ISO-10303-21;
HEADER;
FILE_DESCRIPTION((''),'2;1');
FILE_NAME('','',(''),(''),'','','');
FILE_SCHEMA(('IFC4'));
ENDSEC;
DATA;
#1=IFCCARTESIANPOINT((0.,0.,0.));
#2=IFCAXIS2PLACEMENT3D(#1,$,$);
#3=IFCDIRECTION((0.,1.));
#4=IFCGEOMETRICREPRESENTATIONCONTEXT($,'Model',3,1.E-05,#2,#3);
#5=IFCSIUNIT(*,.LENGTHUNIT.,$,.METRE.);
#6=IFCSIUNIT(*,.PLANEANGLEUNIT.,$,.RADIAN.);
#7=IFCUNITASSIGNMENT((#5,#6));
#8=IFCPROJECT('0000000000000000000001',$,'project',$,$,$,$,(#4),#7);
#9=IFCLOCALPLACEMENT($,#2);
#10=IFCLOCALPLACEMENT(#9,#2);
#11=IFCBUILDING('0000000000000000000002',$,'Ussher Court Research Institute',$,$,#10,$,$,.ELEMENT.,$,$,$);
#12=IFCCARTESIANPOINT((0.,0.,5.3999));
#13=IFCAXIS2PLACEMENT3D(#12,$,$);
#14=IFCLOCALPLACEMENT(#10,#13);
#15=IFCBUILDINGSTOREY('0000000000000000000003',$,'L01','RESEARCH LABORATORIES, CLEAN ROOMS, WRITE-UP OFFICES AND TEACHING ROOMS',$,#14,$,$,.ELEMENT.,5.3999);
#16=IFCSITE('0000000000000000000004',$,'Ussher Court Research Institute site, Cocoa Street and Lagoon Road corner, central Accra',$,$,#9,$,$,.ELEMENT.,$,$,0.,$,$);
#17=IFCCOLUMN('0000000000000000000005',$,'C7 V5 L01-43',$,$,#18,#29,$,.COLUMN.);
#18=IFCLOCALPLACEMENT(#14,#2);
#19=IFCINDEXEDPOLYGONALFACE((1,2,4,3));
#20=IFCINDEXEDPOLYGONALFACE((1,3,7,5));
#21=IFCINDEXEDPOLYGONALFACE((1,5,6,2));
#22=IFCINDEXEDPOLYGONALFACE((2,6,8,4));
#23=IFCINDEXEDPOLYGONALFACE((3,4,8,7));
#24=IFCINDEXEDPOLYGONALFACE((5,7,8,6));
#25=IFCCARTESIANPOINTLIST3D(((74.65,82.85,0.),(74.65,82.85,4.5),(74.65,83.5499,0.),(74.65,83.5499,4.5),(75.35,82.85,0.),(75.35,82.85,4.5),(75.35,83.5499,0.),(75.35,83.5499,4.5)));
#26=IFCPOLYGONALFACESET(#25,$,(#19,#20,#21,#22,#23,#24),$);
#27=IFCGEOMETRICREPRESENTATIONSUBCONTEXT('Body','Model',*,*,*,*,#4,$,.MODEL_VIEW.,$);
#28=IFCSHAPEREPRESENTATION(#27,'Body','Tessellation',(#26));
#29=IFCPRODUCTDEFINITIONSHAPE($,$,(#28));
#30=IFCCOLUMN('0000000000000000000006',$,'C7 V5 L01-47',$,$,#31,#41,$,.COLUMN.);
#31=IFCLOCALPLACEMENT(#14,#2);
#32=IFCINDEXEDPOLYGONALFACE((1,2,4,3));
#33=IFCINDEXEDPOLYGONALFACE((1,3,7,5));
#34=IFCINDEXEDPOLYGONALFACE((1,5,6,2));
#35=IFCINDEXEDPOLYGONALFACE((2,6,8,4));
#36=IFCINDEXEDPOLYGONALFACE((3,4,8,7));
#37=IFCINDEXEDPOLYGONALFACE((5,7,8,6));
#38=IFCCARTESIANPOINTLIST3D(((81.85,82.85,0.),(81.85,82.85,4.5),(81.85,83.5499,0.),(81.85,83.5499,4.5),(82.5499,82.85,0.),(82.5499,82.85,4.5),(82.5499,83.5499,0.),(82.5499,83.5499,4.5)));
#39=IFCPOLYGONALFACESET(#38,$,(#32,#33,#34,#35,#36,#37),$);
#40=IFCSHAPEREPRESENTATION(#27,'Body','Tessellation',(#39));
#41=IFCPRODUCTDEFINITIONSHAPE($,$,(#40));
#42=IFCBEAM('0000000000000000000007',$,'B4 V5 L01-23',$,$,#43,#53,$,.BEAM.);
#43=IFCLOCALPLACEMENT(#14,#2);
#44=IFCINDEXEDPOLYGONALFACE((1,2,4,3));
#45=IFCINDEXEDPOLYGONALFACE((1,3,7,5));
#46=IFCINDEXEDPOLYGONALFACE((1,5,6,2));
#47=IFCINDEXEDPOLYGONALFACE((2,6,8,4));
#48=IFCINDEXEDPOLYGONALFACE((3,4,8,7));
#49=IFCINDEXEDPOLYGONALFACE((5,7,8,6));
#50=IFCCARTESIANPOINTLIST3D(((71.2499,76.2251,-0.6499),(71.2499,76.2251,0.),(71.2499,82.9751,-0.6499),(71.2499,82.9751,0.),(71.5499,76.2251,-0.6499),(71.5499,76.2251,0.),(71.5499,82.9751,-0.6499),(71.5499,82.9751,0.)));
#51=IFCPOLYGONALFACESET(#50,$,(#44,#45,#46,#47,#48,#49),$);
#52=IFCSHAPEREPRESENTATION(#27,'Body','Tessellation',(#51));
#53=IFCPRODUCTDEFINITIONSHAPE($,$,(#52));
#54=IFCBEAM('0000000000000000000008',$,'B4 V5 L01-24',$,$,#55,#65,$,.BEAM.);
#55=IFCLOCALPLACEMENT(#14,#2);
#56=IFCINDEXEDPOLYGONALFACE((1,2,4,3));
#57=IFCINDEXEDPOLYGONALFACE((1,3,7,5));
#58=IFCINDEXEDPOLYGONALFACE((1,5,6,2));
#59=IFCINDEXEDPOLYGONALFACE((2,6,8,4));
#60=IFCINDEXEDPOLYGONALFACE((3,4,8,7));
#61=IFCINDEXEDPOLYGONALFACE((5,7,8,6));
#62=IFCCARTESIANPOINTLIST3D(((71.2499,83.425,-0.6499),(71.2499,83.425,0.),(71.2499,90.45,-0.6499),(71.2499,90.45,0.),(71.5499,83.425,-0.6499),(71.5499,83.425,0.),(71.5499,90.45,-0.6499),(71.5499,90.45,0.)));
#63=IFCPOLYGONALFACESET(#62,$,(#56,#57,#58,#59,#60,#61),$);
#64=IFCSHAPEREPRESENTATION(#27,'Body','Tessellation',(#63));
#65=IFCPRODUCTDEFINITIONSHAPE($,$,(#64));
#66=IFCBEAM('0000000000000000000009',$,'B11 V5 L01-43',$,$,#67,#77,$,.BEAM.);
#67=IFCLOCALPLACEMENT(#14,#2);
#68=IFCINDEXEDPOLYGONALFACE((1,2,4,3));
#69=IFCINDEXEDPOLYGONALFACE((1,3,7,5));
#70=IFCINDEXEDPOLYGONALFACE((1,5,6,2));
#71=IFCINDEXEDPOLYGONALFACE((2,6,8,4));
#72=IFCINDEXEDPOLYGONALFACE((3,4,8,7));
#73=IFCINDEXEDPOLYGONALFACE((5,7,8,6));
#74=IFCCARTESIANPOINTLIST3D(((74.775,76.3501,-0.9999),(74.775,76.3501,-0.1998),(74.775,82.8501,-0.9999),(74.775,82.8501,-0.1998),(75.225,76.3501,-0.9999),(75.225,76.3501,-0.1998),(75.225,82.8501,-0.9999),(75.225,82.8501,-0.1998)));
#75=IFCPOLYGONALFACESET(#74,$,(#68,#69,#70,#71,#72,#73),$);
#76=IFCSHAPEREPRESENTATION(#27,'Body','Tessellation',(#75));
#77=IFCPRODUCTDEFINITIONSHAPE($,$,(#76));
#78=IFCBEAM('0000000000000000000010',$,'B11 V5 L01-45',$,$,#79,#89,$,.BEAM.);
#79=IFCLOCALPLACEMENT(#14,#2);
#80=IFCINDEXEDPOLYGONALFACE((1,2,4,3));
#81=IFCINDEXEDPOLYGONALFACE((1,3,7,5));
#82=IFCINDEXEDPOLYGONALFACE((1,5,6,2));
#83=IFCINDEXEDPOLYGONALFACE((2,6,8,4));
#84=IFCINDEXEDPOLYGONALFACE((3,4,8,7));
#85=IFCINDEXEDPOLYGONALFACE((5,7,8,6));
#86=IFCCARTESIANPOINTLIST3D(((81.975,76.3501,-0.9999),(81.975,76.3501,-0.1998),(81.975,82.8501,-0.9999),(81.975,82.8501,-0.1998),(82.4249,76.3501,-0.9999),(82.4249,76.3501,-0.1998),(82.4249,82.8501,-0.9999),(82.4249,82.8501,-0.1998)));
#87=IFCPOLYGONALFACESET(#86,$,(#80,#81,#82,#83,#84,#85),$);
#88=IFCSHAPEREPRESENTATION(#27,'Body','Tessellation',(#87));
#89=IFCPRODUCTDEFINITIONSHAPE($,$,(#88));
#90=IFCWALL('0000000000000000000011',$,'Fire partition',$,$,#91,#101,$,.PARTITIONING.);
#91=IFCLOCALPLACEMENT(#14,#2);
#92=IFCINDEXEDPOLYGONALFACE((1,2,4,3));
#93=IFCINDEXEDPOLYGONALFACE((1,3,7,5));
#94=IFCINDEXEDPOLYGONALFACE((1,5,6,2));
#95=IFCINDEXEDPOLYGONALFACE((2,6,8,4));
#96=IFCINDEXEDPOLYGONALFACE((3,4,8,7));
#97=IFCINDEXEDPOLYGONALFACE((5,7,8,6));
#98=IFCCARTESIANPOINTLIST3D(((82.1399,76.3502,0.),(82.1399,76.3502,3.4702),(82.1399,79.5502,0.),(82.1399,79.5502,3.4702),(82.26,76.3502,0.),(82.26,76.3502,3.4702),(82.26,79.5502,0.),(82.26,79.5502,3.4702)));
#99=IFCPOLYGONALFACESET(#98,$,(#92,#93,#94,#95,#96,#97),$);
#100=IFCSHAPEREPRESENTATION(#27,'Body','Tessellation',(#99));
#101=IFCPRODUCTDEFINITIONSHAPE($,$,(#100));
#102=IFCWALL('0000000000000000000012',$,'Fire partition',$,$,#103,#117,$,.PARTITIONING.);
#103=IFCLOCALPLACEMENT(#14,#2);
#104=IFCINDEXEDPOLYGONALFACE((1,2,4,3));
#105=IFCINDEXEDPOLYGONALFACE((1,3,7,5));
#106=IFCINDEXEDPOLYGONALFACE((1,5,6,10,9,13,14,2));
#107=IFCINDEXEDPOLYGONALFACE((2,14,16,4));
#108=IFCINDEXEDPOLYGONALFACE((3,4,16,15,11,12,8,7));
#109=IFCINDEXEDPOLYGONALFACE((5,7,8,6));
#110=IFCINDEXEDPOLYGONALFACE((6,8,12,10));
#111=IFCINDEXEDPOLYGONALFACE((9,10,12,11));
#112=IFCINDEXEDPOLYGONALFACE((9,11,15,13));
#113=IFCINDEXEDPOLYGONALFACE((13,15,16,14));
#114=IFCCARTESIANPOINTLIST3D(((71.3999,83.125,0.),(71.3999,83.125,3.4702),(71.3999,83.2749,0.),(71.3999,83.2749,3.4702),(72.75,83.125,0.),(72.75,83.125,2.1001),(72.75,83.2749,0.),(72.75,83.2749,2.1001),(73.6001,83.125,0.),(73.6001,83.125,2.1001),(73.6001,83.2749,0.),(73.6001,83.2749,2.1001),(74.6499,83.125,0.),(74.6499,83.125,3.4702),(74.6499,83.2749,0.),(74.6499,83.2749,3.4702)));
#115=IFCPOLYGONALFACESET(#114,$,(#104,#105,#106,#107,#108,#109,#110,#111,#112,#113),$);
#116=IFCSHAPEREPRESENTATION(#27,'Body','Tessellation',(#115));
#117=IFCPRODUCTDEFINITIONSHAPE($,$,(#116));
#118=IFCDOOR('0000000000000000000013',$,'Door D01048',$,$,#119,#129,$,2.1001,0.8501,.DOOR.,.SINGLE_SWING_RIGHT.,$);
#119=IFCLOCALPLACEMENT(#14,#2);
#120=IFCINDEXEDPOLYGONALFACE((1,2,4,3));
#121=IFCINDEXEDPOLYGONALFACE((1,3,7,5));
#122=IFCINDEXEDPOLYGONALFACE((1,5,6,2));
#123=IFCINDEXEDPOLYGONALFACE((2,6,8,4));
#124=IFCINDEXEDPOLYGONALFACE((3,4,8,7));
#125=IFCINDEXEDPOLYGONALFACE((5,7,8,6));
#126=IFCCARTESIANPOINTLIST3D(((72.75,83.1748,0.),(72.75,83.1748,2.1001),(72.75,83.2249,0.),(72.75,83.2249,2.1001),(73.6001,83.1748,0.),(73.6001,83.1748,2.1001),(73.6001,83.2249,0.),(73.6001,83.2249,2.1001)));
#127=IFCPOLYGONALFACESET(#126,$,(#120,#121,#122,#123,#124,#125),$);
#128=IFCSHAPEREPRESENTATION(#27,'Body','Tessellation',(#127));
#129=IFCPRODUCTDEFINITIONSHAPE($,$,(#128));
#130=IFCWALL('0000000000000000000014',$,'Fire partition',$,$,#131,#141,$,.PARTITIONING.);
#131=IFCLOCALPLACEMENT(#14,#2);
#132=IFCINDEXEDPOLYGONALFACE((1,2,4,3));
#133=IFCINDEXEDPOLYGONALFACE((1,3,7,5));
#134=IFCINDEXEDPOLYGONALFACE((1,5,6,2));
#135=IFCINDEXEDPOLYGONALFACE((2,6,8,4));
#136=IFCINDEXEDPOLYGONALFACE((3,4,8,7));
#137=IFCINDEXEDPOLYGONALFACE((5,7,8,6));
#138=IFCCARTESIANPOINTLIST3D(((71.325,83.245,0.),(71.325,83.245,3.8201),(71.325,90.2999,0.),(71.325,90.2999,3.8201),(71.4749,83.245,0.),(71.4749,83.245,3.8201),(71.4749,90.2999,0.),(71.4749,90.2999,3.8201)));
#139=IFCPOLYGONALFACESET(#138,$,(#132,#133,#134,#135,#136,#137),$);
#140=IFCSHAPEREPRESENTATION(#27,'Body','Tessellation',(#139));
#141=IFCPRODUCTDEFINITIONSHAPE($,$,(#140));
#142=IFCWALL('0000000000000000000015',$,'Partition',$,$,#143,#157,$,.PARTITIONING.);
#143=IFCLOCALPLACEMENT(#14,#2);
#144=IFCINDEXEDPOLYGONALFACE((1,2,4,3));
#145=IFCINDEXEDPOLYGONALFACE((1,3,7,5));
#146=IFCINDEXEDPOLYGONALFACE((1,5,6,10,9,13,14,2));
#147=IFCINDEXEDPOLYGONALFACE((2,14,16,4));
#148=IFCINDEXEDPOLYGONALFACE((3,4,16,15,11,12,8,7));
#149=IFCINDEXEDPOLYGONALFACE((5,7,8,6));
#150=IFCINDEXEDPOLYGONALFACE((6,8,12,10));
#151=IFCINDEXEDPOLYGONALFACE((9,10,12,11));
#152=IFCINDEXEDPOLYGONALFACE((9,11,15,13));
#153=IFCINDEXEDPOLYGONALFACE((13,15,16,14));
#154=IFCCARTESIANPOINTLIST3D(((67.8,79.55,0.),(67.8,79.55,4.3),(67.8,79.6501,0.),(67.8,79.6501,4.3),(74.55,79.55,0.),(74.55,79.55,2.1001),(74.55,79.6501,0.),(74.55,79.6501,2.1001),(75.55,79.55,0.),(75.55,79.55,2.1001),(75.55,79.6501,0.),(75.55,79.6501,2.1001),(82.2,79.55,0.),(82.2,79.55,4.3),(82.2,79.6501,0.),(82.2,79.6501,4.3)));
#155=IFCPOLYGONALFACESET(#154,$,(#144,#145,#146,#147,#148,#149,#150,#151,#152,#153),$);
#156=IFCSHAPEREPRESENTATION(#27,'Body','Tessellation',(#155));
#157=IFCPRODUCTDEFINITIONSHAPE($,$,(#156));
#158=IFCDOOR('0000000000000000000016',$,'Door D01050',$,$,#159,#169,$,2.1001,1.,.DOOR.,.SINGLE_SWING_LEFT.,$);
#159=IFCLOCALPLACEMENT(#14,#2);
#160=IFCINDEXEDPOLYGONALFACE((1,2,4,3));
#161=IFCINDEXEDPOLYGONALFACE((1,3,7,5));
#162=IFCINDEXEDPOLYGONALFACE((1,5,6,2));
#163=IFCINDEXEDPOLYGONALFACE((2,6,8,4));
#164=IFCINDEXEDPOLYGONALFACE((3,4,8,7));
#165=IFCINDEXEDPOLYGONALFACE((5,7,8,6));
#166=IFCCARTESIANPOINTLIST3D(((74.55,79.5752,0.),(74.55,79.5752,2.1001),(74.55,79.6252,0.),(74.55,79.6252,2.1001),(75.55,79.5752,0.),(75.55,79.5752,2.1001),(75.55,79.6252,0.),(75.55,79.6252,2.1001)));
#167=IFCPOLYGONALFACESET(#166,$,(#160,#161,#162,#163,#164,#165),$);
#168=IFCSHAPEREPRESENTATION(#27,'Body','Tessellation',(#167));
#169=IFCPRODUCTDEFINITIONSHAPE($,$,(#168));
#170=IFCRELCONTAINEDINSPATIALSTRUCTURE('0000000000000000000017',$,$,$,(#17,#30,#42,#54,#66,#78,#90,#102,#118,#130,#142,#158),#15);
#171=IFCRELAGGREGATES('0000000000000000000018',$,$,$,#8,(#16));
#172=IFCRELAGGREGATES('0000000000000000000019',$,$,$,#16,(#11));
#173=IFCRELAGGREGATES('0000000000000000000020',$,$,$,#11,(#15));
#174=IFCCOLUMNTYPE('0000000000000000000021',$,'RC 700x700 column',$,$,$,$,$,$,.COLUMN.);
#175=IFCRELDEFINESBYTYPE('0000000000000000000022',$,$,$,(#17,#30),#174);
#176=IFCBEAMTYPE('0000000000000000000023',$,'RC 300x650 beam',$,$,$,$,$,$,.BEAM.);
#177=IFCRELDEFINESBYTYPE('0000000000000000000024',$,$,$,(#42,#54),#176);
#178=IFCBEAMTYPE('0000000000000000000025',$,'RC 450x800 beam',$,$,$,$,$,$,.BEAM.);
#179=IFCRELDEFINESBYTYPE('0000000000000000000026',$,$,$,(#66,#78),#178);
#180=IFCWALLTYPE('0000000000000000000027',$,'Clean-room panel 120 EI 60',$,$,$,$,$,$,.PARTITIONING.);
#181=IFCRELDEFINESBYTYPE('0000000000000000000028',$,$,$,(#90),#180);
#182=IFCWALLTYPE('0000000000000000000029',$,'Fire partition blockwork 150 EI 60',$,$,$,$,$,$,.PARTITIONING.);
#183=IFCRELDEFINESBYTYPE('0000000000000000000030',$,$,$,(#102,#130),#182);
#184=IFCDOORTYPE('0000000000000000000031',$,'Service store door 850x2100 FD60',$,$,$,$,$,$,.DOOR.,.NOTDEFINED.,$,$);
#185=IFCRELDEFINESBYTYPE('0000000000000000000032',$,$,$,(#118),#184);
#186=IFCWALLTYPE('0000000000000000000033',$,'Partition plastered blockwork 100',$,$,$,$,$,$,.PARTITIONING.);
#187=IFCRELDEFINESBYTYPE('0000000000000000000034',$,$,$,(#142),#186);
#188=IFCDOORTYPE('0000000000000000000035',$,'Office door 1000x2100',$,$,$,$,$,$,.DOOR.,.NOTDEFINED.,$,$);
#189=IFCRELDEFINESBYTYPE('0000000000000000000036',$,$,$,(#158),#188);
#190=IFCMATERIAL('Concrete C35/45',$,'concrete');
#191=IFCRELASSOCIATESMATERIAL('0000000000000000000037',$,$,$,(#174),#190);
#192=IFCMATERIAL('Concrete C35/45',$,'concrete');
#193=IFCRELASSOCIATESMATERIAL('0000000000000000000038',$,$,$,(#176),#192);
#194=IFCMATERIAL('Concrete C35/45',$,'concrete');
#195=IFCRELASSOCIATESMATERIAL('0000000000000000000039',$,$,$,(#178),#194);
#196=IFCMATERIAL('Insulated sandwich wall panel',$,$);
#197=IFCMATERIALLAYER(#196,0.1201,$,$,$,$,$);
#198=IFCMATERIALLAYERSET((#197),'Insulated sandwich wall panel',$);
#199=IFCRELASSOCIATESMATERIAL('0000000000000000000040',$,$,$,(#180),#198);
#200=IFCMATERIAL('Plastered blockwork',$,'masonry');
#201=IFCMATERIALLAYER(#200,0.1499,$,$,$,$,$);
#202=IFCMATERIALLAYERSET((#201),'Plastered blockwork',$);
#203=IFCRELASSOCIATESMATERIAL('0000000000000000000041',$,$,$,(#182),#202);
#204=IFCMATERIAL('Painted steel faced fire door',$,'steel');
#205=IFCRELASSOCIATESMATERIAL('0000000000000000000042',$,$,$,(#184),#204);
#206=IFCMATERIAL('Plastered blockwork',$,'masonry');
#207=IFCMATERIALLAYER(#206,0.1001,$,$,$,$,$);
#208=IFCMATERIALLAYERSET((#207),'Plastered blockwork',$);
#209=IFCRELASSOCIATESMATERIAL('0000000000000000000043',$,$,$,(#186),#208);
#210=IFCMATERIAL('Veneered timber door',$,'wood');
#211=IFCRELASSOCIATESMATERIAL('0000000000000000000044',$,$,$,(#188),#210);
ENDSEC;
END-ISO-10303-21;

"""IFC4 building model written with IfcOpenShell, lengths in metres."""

from ifc_helpers import new_model, si_unit, direction, frame, frame_2d, origin, origin_2d, place, context, subcontext, project, spatial, rectangle, extrude, material, layer, layer_set, material_profile, profile_set, type_object, element, fill, save


model = new_model("IFC4")

# Units and contexts
model_context = context("Model", 3, precision=1e-05, world=origin(), true_north=direction((0.0, 1.0)))
body_context = subcontext(model_context, "Body", "Model", "MODEL_VIEW")
ifc_project = project(units=[si_unit("LENGTHUNIT", "METRE"), si_unit("PLANEANGLEUNIT", "RADIAN")], contexts=[model_context])

# Site, building, storey
site_placement = place(None, origin())
site = spatial("IfcSite", under=ifc_project, at=site_placement, Name="Ussher Court Research Institute site, Cocoa Street and Lagoon Road corner, central Accra", CompositionType="ELEMENT", RefElevation=0.0)
building_placement = place(site_placement, origin())
building = spatial("IfcBuilding", under=site, at=building_placement, Name="Ussher Court Research Institute", CompositionType="ELEMENT")
storey_placement = place(building_placement, frame((0.0, 0.0, 5.3999)))
storey = spatial("IfcBuildingStorey", under=building, at=storey_placement, Name="L01", Description="RESEARCH LABORATORIES, CLEAN ROOMS, WRITE-UP OFFICES AND TEACHING ROOMS", CompositionType="ELEMENT", Elevation=5.3999)

# Columns
ifc_material_1 = material(Name="Concrete C35/45", Category="concrete")
ifc_material_profile_1 = material_profile(ifc_material_1, rectangle(XDim=0.7, YDim=0.7, at=origin_2d()), Name="RC 700x700")
ifc_profile_set_1 = profile_set([ifc_material_profile_1], Name="Concrete C35/45")
column_type = type_object("IfcColumnType", Name="RC 700x700 column", PredefinedType="COLUMN", material=ifc_profile_set_1)
for number, where, z_axis, x_axis, name in (
    (1, (75.0, 83.2, 0.0), (0.0, 0.0, 1.0), (1.0, 0.0, 0.0), "C7 V5 L01-43"),
    (2, (82.2, 83.2, 0.0), (0.0, 0.0, 1.0), (1.0, 0.0, 0.0), "C7 V5 L01-47"),
):
    element("IfcColumn", number, at=place(storey_placement, frame(where, z_axis=z_axis, x_axis=x_axis)), inside=storey, type_object=column_type, Name=name, PredefinedType="COLUMN", context=body_context, shape_type="SweptSolid", body=[
        extrude(rectangle(XDim=0.7, YDim=0.7, at=origin_2d()), origin(), (0.0, 0.0, 1.0), 4.5),
    ])

# Beams
ifc_material_2 = material(Name="Concrete C35/45", Category="concrete")
ifc_material_profile_2 = material_profile(ifc_material_2, rectangle(XDim=0.3, YDim=0.6499, at=origin_2d()), Name="RC 300x650")
ifc_profile_set_2 = profile_set([ifc_material_profile_2], Name="Concrete C35/45")
beam_type_1 = type_object("IfcBeamType", Name="RC 300x650 beam", PredefinedType="BEAM", material=ifc_profile_set_2)
beam_1_placement = place(storey_placement, frame((71.3999, 76.2251, -0.325), z_axis=(0.0, 1.0, 0.0), x_axis=(-1.0, 0.0, 0.0)))
element("IfcBeam", 3, at=beam_1_placement, inside=storey, type_object=beam_type_1, Name="B4 V5 L01-23", PredefinedType="BEAM", context=body_context, shape_type="SweptSolid", body=[
    extrude(rectangle(XDim=0.3, YDim=0.6499, at=origin_2d()), origin(), (0.0, 0.0, 1.0), 6.75),
])
beam_2_placement = place(storey_placement, frame((71.3999, 83.425, -0.325), z_axis=(0.0, 1.0, 0.0), x_axis=(-1.0, 0.0, 0.0)))
element("IfcBeam", 4, at=beam_2_placement, inside=storey, type_object=beam_type_1, Name="B4 V5 L01-24", PredefinedType="BEAM", context=body_context, shape_type="SweptSolid", body=[
    extrude(rectangle(XDim=0.3, YDim=0.6499, at=origin_2d()), origin(), (0.0, 0.0, 1.0), 7.0249),
])
ifc_material_3 = material(Name="Concrete C35/45", Category="concrete")
ifc_material_profile_3 = material_profile(ifc_material_3, rectangle(XDim=0.45, YDim=0.8, at=origin_2d()), Name="RC 450x800")
ifc_profile_set_3 = profile_set([ifc_material_profile_3], Name="Concrete C35/45")
beam_type_2 = type_object("IfcBeamType", Name="RC 450x800 beam", PredefinedType="BEAM", material=ifc_profile_set_3)
for number, where, z_axis, x_axis, name in (
    (5, (75.0, 76.3501, -0.5999), (0.0, 1.0, 0.0), (-1.0, 0.0, 0.0), "B11 V5 L01-43"),
    (6, (82.2, 76.3501, -0.5999), (0.0, 1.0, 0.0), (-1.0, 0.0, 0.0), "B11 V5 L01-45"),
):
    element("IfcBeam", number, at=place(storey_placement, frame(where, z_axis=z_axis, x_axis=x_axis)), inside=storey, type_object=beam_type_2, Name=name, PredefinedType="BEAM", context=body_context, shape_type="SweptSolid", body=[
        extrude(rectangle(XDim=0.45, YDim=0.8, at=origin_2d()), origin(), (0.0, 0.0, 1.0), 6.5),
    ])

# Wall
ifc_material_4 = material(Name="Insulated sandwich wall panel")
ifc_layer_1 = layer(ifc_material_4, 0.1201)
ifc_layer_set_1 = layer_set([ifc_layer_1], Name="Insulated sandwich wall panel")
wall_type_1 = type_object("IfcWallType", Name="Clean-room panel 120 EI 60", PredefinedType="PARTITIONING", material=ifc_layer_set_1)
wall_1_placement = place(storey_placement, frame((82.2, 76.3501, 0.0), z_axis=(0.0, 0.0, 1.0), x_axis=(0.0, 1.0, 0.0)))
element("IfcWall", 7, at=wall_1_placement, inside=storey, type_object=wall_type_1, Name="Fire partition", PredefinedType="PARTITIONING", context=body_context, shape_type="SweptSolid", body=[
    extrude(rectangle(XDim=3.2, YDim=0.1201, at=frame_2d((1.6001, 0.0))), origin(), (0.0, 0.0, 1.0), 3.4702),
])

# Wall, opening, door
ifc_material_5 = material(Name="Plastered blockwork", Category="masonry")
ifc_layer_2 = layer(ifc_material_5, 0.1499)
ifc_layer_set_2 = layer_set([ifc_layer_2], Name="Plastered blockwork")
wall_type_2 = type_object("IfcWallType", Name="Fire partition blockwork 150 EI 60", PredefinedType="PARTITIONING", material=ifc_layer_set_2)
wall_2_placement = place(storey_placement, frame((71.3999, 83.2, 0.0), z_axis=(0.0, 0.0, 1.0), x_axis=(1.0, 0.0, 0.0)))
wall_2 = element("IfcWall", 8, at=wall_2_placement, inside=storey, type_object=wall_type_2, Name="Fire partition", PredefinedType="PARTITIONING", context=body_context, shape_type="SweptSolid", body=[
    extrude(rectangle(XDim=3.25, YDim=0.1499, at=frame_2d((1.625, 0.0))), origin(), (0.0, 0.0, 1.0), 3.4702),
])
opening_1_placement = place(wall_2_placement, frame((1.3501, 0.0, 0.0)))
opening_1 = element("IfcOpeningElement", 9, at=opening_1_placement, cuts=wall_2, PredefinedType="OPENING", context=body_context, shape_type="SweptSolid", body=[
    extrude(rectangle(XDim=0.8501, YDim=2.1001, at=frame_2d((0.425, 1.05))), frame((0.0, 0.085, 0.0), z_axis=(0.0, -1.0, 0.0), x_axis=(1.0, 0.0, 0.0)), (0.0, 0.0, 1.0), 0.1699),
])
ifc_material_6 = material(Name="Painted steel faced fire door", Category="steel")
door_type_1 = type_object("IfcDoorType", Name="Service store door 850x2100 FD60", OperationType="NOTDEFINED", PredefinedType="DOOR", material=ifc_material_6)
door_1_placement = place(opening_1_placement, origin())
door_1 = element("IfcDoor", 10, at=door_1_placement, inside=storey, type_object=door_type_1, Name="Door D01048", OperationType="SINGLE_SWING_RIGHT", OverallHeight=2.1001, OverallWidth=0.8501, PredefinedType="DOOR", context=body_context, shape_type="SweptSolid", body=[
    extrude(rectangle(XDim=0.8501, YDim=2.1001, at=frame_2d((0.425, 1.05))), frame((0.0, 0.0249, 0.0), z_axis=(0.0, -1.0, 0.0), x_axis=(1.0, 0.0, 0.0)), (0.0, 0.0, 1.0), 0.05),
])
fill(opening_1, door_1)

# Wall
wall_3_placement = place(storey_placement, frame((71.3999, 83.2451, 0.0), z_axis=(0.0, 0.0, 1.0), x_axis=(0.0, 1.0, 0.0)))
element("IfcWall", 11, at=wall_3_placement, inside=storey, type_object=wall_type_2, Name="Fire partition", PredefinedType="PARTITIONING", context=body_context, shape_type="SweptSolid", body=[
    extrude(rectangle(XDim=7.0549, YDim=0.1499, at=frame_2d((3.5273, 0.0))), origin(), (0.0, 0.0, 1.0), 3.8201),
])

# Wall, opening, door
ifc_material_7 = material(Name="Plastered blockwork", Category="masonry")
ifc_layer_3 = layer(ifc_material_7, 0.1001)
ifc_layer_set_3 = layer_set([ifc_layer_3], Name="Plastered blockwork")
wall_type_3 = type_object("IfcWallType", Name="Partition plastered blockwork 100", PredefinedType="PARTITIONING", material=ifc_layer_set_3)
wall_4_placement = place(storey_placement, frame((82.2, 79.6001, 0.0), z_axis=(0.0, 0.0, 1.0), x_axis=(-1.0, 0.0, 0.0)))
wall_4 = element("IfcWall", 12, at=wall_4_placement, inside=storey, type_object=wall_type_3, Name="Partition", PredefinedType="PARTITIONING", context=body_context, shape_type="SweptSolid", body=[
    extrude(rectangle(XDim=14.3999, YDim=0.1001, at=frame_2d((7.2, 0.0))), origin(), (0.0, 0.0, 1.0), 4.3),
])
opening_2_placement = place(wall_4_placement, frame((6.6499, 0.0, 0.0)))
opening_2 = element("IfcOpeningElement", 13, at=opening_2_placement, cuts=wall_4, PredefinedType="OPENING", context=body_context, shape_type="SweptSolid", body=[
    extrude(rectangle(XDim=1.0, YDim=2.1001, at=frame_2d((0.5, 1.05))), frame((0.0, 0.0601, 0.0), z_axis=(0.0, -1.0, 0.0), x_axis=(1.0, 0.0, 0.0)), (0.0, 0.0, 1.0), 0.1201),
])
ifc_material_8 = material(Name="Veneered timber door", Category="wood")
door_type_2 = type_object("IfcDoorType", Name="Office door 1000x2100", OperationType="NOTDEFINED", PredefinedType="DOOR", material=ifc_material_8)
door_2_placement = place(opening_2_placement, origin())
door_2 = element("IfcDoor", 14, at=door_2_placement, inside=storey, type_object=door_type_2, Name="Door D01050", OperationType="SINGLE_SWING_LEFT", OverallHeight=2.1001, OverallWidth=1.0, PredefinedType="DOOR", context=body_context, shape_type="SweptSolid", body=[
    extrude(rectangle(XDim=1.0, YDim=2.1001, at=frame_2d((0.5, 1.05))), frame((0.0, 0.0249, 0.0), z_axis=(0.0, -1.0, 0.0), x_axis=(1.0, 0.0, 0.0)), (0.0, 0.0, 1.0), 0.05),
])
fill(opening_2, door_2)

save(model, "model.ifc")
